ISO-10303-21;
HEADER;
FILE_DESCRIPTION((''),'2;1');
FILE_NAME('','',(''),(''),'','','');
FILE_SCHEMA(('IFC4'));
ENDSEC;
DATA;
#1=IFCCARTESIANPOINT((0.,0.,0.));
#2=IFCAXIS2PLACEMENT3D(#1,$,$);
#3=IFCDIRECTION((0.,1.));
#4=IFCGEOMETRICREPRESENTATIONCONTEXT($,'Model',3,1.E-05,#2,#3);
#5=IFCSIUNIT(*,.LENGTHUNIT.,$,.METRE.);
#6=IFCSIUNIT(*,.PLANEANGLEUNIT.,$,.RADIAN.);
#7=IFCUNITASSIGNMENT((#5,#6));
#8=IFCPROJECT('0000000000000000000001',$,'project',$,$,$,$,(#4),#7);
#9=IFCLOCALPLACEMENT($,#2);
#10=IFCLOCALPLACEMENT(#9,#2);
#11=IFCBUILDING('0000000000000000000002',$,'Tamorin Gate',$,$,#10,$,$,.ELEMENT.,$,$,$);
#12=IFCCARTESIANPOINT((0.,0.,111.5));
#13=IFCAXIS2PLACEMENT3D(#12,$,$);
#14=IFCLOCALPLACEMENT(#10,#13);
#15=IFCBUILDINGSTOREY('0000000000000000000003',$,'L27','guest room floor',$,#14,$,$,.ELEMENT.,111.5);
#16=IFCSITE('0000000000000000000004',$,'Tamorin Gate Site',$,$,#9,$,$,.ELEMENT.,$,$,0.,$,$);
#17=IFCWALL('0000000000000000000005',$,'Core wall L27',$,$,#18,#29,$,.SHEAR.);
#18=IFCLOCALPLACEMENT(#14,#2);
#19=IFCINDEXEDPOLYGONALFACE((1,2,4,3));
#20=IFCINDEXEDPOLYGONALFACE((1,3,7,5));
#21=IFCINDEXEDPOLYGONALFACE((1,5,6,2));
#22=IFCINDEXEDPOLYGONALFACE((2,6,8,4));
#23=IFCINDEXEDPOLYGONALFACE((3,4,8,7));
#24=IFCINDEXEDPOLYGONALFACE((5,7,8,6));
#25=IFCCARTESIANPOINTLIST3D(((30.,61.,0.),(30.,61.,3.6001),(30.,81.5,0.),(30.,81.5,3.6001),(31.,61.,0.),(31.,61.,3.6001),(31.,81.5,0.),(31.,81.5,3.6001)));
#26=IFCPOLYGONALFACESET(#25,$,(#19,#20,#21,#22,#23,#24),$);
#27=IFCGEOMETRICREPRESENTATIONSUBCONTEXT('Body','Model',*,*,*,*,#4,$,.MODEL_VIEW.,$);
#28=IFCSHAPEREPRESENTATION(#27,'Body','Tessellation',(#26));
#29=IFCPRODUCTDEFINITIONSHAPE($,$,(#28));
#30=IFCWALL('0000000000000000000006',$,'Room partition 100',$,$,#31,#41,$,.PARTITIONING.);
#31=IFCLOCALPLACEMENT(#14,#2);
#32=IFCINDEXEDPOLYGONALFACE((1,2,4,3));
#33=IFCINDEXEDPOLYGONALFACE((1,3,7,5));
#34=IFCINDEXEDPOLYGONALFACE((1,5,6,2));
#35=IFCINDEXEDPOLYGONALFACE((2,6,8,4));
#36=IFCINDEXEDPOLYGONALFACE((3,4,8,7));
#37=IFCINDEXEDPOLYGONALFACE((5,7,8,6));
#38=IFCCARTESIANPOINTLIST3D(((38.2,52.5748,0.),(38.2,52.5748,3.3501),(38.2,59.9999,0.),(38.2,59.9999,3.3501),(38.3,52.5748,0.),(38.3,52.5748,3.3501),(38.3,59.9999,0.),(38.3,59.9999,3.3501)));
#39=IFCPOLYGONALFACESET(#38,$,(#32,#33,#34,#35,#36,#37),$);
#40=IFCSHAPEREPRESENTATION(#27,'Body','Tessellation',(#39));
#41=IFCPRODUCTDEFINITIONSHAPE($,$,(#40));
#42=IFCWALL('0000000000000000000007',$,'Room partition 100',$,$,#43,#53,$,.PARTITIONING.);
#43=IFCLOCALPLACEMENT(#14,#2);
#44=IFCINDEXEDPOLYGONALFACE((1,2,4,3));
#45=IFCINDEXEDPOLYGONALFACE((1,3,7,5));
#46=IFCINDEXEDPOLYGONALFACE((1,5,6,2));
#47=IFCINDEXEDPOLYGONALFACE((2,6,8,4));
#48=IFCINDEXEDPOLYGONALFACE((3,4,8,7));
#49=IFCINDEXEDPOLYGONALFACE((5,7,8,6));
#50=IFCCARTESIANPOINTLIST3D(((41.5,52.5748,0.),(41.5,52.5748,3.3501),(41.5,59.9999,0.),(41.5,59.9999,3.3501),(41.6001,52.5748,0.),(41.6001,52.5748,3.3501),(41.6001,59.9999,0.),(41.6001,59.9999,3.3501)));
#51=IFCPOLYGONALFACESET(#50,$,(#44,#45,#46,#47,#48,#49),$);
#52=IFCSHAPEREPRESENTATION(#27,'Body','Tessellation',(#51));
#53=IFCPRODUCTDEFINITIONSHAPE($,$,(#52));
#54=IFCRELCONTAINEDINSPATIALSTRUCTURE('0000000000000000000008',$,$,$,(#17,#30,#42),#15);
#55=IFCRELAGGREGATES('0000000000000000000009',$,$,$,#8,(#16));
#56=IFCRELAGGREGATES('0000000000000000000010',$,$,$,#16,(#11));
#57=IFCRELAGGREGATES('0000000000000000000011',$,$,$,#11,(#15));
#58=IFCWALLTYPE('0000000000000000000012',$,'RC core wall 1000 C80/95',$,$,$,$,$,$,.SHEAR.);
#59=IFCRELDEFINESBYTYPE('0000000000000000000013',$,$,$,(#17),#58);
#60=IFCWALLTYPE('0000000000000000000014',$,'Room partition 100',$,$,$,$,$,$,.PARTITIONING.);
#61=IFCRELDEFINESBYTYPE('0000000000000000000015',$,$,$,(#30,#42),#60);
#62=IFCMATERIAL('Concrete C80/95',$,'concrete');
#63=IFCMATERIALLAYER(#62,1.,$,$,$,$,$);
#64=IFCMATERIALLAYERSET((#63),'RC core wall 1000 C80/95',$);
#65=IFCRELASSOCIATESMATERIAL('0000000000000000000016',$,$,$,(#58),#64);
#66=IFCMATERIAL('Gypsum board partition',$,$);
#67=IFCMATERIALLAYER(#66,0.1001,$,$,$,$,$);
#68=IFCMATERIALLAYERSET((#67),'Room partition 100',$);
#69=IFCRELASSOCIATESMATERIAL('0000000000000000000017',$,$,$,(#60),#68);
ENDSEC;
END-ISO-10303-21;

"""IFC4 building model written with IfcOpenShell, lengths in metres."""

from ifc_helpers import new_model, si_unit, direction, frame, frame_2d, origin, place, context, subcontext, project, spatial, rectangle, extrude, material, layer, layer_set, type_object, element, save


model = new_model("IFC4")

# Units and contexts
model_context = context("Model", 3, precision=1e-05, world=origin(), true_north=direction((0.0, 1.0)))
body_context = subcontext(model_context, "Body", "Model", "MODEL_VIEW")
ifc_project = project(units=[si_unit("LENGTHUNIT", "METRE"), si_unit("PLANEANGLEUNIT", "RADIAN")], contexts=[model_context])

# Site, building, storey
site_placement = place(None, origin())
site = spatial("IfcSite", under=ifc_project, at=site_placement, Name="Tamorin Gate Site", CompositionType="ELEMENT", RefElevation=0.0)
building_placement = place(site_placement, origin())
building = spatial("IfcBuilding", under=site, at=building_placement, Name="Tamorin Gate", CompositionType="ELEMENT")
storey_placement = place(building_placement, frame((0.0, 0.0, 111.5)))
storey = spatial("IfcBuildingStorey", under=building, at=storey_placement, Name="L27", Description="guest room floor", CompositionType="ELEMENT", Elevation=111.5)

# Shared definitions
ifc_material_1 = material(Name="Concrete C80/95", Category="concrete")

# Shared definitions
ifc_material_2 = material(Name="Gypsum board partition")

# Shared definitions
ifc_layer_1 = layer(ifc_material_1, 1.0)
ifc_layer_set_1 = layer_set([ifc_layer_1], Name="RC core wall 1000 C80/95")
wall_type_1 = type_object("IfcWallType", Name="RC core wall 1000 C80/95", PredefinedType="SHEAR", material=ifc_layer_set_1)

# Walls
wall_1_placement = place(storey_placement, frame((30.5, 61.0, 0.0), z_axis=(0.0, 0.0, 1.0), x_axis=(0.0, 1.0, 0.0)))
element("IfcWall", 1, at=wall_1_placement, inside=storey, type_object=wall_type_1, Name="Core wall L27", PredefinedType="SHEAR", context=body_context, shape_type="SweptSolid", body=[
    extrude(rectangle(XDim=20.5, YDim=1.0, at=frame_2d((10.25, 0.0))), origin(), (0.0, 0.0, 1.0), 3.6001),
])
ifc_layer_2 = layer(ifc_material_2, 0.1001)
ifc_layer_set_2 = layer_set([ifc_layer_2], Name="Room partition 100")
wall_type_2 = type_object("IfcWallType", Name="Room partition 100", PredefinedType="PARTITIONING", material=ifc_layer_set_2)
for number, where, z_axis, x_axis, name in (
    (2, (38.25, 52.575, 0.0), (0.0, 0.0, 1.0), (0.0, 1.0, 0.0), "Room partition 100"),
    (3, (41.55, 52.575, 0.0), (0.0, 0.0, 1.0), (0.0, 1.0, 0.0), "Room partition 100"),
):
    element("IfcWall", number, at=place(storey_placement, frame(where, z_axis=z_axis, x_axis=x_axis)), inside=storey, type_object=wall_type_2, Name=name, PredefinedType="PARTITIONING", context=body_context, shape_type="SweptSolid", body=[
        extrude(rectangle(XDim=7.425, YDim=0.1001, at=frame_2d((3.7124, 0.0))), origin(), (0.0, 0.0, 1.0), 3.3501),
    ])

save(model, "model.ifc")
